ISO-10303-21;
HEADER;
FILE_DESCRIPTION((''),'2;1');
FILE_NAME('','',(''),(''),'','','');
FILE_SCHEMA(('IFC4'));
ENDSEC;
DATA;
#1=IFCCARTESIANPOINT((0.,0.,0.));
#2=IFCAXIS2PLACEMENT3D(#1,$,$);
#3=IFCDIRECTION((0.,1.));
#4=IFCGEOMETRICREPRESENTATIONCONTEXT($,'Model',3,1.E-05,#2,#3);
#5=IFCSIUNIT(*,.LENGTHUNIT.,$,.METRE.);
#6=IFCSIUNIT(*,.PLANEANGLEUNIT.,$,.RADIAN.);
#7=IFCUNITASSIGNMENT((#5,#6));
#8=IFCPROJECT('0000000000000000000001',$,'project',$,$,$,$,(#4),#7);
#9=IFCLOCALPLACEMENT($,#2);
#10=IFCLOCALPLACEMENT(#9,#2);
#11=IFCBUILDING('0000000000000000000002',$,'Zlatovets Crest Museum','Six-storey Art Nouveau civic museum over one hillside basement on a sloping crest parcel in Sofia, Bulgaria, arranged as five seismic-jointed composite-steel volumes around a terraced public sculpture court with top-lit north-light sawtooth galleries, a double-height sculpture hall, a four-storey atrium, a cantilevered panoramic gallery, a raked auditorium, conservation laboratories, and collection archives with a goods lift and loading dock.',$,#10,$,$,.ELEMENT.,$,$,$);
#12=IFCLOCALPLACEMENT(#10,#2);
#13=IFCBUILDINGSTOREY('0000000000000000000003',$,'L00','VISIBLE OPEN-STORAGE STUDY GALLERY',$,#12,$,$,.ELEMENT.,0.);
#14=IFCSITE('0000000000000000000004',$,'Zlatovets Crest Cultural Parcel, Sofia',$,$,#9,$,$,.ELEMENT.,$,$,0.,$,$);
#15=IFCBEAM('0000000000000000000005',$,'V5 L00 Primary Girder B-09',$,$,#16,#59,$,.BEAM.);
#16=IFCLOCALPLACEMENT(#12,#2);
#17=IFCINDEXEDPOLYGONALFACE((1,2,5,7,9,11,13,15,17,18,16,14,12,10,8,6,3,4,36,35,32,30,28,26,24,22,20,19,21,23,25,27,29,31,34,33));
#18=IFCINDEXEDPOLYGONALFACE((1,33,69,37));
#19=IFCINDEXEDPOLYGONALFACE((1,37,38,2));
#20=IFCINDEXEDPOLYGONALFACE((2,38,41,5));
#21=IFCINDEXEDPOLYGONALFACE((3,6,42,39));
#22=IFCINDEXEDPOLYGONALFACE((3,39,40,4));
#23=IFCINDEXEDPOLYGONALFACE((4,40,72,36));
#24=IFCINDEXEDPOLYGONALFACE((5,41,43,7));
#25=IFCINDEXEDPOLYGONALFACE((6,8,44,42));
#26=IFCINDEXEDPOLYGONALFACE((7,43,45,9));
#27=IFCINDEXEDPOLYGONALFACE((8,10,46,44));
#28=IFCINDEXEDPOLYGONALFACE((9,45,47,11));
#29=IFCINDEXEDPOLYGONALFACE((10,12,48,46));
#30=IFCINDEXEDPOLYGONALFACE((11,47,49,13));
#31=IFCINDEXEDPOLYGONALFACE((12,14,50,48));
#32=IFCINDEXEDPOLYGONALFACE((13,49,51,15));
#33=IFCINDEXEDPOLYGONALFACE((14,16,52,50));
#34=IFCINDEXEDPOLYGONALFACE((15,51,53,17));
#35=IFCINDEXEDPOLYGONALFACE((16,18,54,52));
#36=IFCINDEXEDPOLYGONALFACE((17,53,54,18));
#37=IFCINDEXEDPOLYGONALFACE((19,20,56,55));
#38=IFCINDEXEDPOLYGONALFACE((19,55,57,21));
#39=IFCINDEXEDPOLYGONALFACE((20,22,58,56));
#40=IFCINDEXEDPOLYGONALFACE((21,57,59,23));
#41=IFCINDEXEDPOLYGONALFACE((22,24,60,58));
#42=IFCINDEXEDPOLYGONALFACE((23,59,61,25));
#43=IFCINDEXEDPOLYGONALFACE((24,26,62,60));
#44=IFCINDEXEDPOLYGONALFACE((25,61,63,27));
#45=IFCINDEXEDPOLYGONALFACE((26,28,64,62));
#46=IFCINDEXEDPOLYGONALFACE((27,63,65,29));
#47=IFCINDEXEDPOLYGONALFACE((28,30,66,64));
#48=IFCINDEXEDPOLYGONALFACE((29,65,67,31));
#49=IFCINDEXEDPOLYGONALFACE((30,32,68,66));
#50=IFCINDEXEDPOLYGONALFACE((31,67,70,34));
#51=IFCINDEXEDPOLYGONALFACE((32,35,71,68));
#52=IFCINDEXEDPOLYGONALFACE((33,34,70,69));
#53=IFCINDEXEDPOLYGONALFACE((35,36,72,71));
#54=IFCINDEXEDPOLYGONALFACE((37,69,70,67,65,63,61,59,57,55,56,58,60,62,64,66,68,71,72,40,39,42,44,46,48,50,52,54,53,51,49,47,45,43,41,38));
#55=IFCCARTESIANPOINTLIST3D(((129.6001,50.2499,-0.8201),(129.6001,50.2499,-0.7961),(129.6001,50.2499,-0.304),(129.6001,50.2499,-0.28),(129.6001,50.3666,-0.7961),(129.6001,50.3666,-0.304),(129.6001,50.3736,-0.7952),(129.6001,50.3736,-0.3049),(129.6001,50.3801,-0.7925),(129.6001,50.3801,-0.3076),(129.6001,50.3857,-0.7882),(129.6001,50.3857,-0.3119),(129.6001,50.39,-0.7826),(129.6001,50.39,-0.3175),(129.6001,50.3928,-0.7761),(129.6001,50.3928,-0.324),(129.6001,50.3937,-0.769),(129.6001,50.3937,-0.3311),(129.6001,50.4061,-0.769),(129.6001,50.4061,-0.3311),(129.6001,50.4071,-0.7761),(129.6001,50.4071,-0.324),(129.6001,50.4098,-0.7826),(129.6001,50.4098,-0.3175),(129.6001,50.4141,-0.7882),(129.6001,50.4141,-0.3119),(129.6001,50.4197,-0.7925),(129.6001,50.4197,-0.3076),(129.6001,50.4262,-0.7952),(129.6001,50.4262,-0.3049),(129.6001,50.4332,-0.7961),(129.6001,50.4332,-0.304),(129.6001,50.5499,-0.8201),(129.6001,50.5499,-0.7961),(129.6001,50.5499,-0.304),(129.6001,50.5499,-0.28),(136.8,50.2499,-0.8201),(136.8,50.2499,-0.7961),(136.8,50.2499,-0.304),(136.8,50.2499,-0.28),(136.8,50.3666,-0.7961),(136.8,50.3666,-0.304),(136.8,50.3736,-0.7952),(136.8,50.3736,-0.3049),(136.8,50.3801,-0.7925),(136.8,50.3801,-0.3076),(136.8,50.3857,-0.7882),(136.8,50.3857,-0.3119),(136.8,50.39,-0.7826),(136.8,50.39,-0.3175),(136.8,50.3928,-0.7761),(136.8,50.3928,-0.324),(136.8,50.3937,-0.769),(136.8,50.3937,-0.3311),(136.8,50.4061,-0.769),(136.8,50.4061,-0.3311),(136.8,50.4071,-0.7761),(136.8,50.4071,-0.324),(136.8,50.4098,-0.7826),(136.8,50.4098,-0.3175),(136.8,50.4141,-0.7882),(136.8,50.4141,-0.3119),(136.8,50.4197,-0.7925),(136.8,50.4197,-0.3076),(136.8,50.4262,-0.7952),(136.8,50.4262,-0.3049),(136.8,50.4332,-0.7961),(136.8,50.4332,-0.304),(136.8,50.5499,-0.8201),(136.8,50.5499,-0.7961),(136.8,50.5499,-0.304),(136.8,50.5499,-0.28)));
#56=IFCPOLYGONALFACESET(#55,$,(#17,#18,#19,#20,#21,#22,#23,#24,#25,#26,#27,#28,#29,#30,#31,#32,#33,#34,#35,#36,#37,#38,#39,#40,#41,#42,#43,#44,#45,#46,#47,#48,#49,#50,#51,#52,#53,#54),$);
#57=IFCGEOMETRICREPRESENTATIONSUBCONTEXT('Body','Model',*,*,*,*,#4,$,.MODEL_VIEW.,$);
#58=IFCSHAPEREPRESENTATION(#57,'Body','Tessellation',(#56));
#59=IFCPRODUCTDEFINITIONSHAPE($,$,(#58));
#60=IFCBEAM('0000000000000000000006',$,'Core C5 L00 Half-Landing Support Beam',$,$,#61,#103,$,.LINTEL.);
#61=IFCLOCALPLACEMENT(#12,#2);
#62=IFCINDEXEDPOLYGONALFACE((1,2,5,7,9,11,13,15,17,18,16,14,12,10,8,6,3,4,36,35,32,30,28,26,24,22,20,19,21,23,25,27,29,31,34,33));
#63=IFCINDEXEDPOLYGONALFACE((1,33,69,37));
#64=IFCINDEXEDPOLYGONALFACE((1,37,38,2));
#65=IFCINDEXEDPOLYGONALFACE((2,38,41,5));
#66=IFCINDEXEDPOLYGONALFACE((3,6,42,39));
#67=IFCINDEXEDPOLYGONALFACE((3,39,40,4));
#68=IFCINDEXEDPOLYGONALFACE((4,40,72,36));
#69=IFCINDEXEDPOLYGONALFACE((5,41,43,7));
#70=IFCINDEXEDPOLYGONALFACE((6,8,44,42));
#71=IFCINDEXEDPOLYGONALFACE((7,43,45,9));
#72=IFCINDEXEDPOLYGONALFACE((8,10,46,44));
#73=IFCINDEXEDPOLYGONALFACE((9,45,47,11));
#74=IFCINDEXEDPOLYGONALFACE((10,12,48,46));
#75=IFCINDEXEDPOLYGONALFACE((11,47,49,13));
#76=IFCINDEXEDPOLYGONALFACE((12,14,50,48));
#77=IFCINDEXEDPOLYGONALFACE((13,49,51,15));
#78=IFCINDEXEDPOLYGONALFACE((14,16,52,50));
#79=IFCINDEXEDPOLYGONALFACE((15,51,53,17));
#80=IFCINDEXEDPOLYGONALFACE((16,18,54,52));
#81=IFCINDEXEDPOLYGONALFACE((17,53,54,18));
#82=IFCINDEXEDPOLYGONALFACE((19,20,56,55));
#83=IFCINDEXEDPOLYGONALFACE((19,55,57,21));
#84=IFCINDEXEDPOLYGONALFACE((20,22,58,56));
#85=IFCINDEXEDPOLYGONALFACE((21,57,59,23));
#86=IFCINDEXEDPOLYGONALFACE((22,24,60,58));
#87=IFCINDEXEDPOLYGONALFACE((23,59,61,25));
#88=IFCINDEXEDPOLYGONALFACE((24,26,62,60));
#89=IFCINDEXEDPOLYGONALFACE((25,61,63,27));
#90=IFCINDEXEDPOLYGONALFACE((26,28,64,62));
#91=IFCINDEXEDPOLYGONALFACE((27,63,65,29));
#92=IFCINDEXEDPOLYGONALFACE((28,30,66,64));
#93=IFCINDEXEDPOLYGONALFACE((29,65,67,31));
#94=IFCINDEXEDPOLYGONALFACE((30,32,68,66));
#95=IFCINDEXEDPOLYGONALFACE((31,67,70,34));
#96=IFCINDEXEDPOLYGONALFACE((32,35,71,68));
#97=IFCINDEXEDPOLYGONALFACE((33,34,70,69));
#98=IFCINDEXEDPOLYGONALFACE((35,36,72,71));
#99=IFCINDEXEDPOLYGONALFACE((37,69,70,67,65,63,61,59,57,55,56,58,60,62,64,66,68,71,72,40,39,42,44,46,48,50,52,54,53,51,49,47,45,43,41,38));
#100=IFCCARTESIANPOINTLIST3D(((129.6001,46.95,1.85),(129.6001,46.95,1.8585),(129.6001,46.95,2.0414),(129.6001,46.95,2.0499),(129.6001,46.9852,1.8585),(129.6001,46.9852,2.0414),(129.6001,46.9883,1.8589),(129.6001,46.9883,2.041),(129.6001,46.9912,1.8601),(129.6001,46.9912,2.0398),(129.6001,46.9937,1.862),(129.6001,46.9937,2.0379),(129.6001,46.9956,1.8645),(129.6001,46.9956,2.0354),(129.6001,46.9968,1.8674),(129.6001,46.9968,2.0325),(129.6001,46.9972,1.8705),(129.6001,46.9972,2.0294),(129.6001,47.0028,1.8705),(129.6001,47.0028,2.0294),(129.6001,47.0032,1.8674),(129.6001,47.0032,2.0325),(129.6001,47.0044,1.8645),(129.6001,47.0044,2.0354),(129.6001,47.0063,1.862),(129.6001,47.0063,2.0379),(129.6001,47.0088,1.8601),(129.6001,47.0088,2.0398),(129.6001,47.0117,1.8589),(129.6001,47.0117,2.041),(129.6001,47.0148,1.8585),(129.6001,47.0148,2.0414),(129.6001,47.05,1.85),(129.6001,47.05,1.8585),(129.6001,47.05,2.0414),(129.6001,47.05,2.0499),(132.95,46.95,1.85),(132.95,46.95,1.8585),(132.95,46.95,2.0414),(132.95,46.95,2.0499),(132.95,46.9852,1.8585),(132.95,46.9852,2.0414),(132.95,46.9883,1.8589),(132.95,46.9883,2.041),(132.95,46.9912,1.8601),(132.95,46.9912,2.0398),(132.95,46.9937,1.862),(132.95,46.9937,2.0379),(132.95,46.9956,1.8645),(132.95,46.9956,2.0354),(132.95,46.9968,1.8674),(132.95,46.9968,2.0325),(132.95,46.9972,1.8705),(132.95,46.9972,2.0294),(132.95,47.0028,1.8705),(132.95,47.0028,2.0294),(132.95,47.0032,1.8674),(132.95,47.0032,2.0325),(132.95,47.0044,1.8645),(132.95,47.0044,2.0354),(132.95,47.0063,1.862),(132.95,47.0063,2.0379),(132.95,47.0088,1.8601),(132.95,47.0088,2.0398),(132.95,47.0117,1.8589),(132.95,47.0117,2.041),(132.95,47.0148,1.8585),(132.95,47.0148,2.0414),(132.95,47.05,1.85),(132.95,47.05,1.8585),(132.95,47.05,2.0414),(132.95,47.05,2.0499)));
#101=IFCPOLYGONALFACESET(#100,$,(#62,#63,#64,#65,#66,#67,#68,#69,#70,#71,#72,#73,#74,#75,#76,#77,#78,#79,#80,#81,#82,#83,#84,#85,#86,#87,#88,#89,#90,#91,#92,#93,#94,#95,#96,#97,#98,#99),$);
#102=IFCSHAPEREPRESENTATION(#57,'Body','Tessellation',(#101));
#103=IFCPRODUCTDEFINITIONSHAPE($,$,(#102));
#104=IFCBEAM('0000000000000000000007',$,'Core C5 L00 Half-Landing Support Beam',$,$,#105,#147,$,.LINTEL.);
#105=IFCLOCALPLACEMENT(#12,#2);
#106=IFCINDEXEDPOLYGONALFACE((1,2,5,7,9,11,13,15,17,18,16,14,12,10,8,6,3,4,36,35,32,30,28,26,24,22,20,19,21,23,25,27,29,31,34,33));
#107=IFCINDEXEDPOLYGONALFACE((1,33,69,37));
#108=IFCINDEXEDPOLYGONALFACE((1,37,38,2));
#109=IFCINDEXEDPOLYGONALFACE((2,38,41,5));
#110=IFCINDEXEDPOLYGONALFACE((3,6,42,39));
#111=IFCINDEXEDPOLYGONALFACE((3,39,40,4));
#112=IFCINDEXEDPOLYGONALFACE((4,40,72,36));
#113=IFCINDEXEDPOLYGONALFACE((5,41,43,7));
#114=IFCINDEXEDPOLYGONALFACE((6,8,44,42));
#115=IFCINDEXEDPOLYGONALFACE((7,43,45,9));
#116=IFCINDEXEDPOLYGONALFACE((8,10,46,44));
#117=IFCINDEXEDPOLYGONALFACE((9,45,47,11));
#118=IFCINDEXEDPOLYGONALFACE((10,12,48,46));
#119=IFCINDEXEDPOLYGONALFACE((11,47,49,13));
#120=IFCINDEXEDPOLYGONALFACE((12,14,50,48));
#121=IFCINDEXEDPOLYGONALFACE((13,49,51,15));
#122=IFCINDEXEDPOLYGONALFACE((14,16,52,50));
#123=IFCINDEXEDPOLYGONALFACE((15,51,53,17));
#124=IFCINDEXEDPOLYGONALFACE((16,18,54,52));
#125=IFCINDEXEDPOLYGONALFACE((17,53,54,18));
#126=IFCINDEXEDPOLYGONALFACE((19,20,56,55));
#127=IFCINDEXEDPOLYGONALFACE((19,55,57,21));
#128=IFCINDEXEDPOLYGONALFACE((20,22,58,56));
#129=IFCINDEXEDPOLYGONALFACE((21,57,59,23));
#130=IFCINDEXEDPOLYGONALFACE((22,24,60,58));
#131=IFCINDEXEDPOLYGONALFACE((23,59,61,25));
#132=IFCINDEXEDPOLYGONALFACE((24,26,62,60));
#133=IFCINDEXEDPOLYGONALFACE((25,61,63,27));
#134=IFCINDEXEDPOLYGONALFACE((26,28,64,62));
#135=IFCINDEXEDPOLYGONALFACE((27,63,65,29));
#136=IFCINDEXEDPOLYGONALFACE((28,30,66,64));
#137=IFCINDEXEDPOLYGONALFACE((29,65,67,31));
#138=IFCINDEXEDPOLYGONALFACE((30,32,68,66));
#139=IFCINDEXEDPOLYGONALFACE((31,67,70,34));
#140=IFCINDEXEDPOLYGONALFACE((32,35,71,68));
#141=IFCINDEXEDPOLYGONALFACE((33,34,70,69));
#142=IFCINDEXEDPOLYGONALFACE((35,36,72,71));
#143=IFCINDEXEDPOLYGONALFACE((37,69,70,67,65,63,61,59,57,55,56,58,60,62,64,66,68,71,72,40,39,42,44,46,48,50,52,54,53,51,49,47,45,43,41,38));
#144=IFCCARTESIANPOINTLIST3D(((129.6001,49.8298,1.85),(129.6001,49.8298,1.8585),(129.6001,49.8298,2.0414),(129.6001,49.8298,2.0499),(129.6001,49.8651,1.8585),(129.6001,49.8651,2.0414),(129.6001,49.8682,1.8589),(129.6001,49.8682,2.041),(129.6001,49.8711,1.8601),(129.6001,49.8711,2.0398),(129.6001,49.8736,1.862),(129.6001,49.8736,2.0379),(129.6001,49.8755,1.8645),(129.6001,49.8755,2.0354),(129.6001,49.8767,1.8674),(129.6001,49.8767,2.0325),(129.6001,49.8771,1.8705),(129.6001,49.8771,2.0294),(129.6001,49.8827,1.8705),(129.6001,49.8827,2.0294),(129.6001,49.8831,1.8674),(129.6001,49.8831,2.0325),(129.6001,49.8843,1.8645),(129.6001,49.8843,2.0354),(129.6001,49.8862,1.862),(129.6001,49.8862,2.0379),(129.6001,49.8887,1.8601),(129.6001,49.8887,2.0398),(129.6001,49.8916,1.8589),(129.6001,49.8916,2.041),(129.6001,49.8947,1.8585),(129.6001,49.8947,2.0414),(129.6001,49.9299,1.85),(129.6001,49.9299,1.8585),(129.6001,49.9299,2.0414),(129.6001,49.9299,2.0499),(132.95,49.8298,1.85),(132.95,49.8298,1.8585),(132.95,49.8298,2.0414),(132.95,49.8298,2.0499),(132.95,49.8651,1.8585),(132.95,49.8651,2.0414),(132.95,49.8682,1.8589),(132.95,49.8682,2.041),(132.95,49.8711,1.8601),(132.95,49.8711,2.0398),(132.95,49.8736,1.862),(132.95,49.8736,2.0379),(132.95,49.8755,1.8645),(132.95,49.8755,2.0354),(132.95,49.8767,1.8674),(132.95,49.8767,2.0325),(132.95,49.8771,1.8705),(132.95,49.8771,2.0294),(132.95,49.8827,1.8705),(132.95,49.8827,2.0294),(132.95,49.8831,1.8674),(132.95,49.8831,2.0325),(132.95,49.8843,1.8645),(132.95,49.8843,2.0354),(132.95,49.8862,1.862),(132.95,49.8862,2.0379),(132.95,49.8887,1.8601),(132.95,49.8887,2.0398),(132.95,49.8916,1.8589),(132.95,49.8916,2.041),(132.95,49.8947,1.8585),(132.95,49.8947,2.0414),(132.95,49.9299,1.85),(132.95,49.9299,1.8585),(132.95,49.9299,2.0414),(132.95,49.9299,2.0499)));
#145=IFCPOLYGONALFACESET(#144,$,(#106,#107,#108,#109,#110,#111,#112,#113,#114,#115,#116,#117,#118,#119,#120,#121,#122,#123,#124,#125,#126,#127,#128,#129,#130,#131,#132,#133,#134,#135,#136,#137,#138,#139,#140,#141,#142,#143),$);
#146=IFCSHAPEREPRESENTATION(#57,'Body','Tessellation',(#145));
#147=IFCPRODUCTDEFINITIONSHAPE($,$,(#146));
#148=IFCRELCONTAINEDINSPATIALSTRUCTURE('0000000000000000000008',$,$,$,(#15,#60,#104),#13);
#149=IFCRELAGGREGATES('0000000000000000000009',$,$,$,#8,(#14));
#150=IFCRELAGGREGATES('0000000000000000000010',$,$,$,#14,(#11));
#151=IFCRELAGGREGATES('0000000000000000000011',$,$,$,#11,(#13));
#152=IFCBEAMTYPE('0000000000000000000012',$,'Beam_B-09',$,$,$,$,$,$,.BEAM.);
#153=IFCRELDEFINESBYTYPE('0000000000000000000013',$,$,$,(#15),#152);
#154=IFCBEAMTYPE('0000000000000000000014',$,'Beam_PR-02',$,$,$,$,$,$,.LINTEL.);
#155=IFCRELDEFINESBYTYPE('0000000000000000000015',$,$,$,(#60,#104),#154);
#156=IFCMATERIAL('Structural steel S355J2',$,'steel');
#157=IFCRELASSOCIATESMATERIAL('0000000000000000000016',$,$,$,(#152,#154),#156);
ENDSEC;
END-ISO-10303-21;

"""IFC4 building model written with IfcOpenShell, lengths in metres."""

from ifc_helpers import new_model, si_unit, direction, frame, origin, origin_2d, place, context, subcontext, project, spatial, i_section, extrude, material, material_profile, profile_set, type_object, element, save


model = new_model("IFC4")

# Units and contexts
model_context = context("Model", 3, precision=1e-05, world=origin(), true_north=direction((0.0, 1.0)))
body_context = subcontext(model_context, "Body", "Model", "MODEL_VIEW")
ifc_project = project(units=[si_unit("LENGTHUNIT", "METRE"), si_unit("PLANEANGLEUNIT", "RADIAN")], contexts=[model_context])

# Site, building, storey
site_placement = place(None, origin())
site = spatial("IfcSite", under=ifc_project, at=site_placement, Name="Zlatovets Crest Cultural Parcel, Sofia", CompositionType="ELEMENT", RefElevation=0.0)
building_placement = place(site_placement, origin())
building = spatial("IfcBuilding", under=site, at=building_placement, Name="Zlatovets Crest Museum", Description="Six-storey Art Nouveau civic museum over one hillside basement on a sloping crest parcel in Sofia, Bulgaria, arranged as five seismic-jointed composite-steel volumes around a terraced public sculpture court with top-lit north-light sawtooth galleries, a double-height sculpture hall, a four-storey atrium, a cantilevered panoramic gallery, a raked auditorium, conservation laboratories, and collection archives with a goods lift and loading dock.", CompositionType="ELEMENT")
storey_placement = place(building_placement, origin())
storey = spatial("IfcBuildingStorey", under=building, at=storey_placement, Name="L00", Description="VISIBLE OPEN-STORAGE STUDY GALLERY", CompositionType="ELEMENT", Elevation=0.0)

# Shared definitions
ifc_material_1 = material(Name="Structural steel S355J2", Category="steel")

# Beams
ifc_material_profile_1 = material_profile(ifc_material_1, i_section(OverallWidth=0.3, OverallDepth=0.54, WebThickness=0.0125, FlangeThickness=0.0239, FilletRadius=0.0271, at=origin_2d()), Name="HEA 550")
ifc_profile_set_1 = profile_set([ifc_material_profile_1], Name="Structural steel S355J2")
beam_type_1 = type_object("IfcBeamType", Name="Beam_B-09", PredefinedType="BEAM", material=ifc_profile_set_1)
beam_1_placement = place(storey_placement, frame((129.6001, 50.3999, -0.55), z_axis=(1.0, 0.0, 0.0), x_axis=(0.0, 1.0, 0.0)))
element("IfcBeam", 1, at=beam_1_placement, inside=storey, type_object=beam_type_1, Name="V5 L00 Primary Girder B-09", PredefinedType="BEAM", context=body_context, shape_type="SweptSolid", body=[
    extrude(i_section(OverallWidth=0.3, OverallDepth=0.54, WebThickness=0.0125, FlangeThickness=0.0239, FilletRadius=0.0271, at=origin_2d()), origin(), (0.0, 0.0, 1.0), 7.2),
])
ifc_material_profile_2 = material_profile(ifc_material_1, i_section(OverallWidth=0.1001, OverallDepth=0.2, WebThickness=0.0056, FlangeThickness=0.0085, FilletRadius=0.012, at=origin_2d()), Name="IPE 200")
ifc_profile_set_2 = profile_set([ifc_material_profile_2], Name="Structural steel S355J2")
beam_type_2 = type_object("IfcBeamType", Name="Beam_PR-02", PredefinedType="LINTEL", material=ifc_profile_set_2)
for number, where, z_axis, x_axis, name in (
    (2, (129.6001, 47.0, 1.95), (1.0, 0.0, 0.0), (0.0, 1.0, 0.0), "Core C5 L00 Half-Landing Support Beam"),
    (3, (129.6001, 49.8799, 1.95), (1.0, 0.0, 0.0), (0.0, 1.0, 0.0), "Core C5 L00 Half-Landing Support Beam"),
):
    element("IfcBeam", number, at=place(storey_placement, frame(where, z_axis=z_axis, x_axis=x_axis)), inside=storey, type_object=beam_type_2, Name=name, PredefinedType="LINTEL", context=body_context, shape_type="SweptSolid", body=[
        extrude(i_section(OverallWidth=0.1001, OverallDepth=0.2, WebThickness=0.0056, FlangeThickness=0.0085, FilletRadius=0.012, at=origin_2d()), origin(), (0.0, 0.0, 1.0), 3.3499),
    ])

save(model, "model.ifc")
